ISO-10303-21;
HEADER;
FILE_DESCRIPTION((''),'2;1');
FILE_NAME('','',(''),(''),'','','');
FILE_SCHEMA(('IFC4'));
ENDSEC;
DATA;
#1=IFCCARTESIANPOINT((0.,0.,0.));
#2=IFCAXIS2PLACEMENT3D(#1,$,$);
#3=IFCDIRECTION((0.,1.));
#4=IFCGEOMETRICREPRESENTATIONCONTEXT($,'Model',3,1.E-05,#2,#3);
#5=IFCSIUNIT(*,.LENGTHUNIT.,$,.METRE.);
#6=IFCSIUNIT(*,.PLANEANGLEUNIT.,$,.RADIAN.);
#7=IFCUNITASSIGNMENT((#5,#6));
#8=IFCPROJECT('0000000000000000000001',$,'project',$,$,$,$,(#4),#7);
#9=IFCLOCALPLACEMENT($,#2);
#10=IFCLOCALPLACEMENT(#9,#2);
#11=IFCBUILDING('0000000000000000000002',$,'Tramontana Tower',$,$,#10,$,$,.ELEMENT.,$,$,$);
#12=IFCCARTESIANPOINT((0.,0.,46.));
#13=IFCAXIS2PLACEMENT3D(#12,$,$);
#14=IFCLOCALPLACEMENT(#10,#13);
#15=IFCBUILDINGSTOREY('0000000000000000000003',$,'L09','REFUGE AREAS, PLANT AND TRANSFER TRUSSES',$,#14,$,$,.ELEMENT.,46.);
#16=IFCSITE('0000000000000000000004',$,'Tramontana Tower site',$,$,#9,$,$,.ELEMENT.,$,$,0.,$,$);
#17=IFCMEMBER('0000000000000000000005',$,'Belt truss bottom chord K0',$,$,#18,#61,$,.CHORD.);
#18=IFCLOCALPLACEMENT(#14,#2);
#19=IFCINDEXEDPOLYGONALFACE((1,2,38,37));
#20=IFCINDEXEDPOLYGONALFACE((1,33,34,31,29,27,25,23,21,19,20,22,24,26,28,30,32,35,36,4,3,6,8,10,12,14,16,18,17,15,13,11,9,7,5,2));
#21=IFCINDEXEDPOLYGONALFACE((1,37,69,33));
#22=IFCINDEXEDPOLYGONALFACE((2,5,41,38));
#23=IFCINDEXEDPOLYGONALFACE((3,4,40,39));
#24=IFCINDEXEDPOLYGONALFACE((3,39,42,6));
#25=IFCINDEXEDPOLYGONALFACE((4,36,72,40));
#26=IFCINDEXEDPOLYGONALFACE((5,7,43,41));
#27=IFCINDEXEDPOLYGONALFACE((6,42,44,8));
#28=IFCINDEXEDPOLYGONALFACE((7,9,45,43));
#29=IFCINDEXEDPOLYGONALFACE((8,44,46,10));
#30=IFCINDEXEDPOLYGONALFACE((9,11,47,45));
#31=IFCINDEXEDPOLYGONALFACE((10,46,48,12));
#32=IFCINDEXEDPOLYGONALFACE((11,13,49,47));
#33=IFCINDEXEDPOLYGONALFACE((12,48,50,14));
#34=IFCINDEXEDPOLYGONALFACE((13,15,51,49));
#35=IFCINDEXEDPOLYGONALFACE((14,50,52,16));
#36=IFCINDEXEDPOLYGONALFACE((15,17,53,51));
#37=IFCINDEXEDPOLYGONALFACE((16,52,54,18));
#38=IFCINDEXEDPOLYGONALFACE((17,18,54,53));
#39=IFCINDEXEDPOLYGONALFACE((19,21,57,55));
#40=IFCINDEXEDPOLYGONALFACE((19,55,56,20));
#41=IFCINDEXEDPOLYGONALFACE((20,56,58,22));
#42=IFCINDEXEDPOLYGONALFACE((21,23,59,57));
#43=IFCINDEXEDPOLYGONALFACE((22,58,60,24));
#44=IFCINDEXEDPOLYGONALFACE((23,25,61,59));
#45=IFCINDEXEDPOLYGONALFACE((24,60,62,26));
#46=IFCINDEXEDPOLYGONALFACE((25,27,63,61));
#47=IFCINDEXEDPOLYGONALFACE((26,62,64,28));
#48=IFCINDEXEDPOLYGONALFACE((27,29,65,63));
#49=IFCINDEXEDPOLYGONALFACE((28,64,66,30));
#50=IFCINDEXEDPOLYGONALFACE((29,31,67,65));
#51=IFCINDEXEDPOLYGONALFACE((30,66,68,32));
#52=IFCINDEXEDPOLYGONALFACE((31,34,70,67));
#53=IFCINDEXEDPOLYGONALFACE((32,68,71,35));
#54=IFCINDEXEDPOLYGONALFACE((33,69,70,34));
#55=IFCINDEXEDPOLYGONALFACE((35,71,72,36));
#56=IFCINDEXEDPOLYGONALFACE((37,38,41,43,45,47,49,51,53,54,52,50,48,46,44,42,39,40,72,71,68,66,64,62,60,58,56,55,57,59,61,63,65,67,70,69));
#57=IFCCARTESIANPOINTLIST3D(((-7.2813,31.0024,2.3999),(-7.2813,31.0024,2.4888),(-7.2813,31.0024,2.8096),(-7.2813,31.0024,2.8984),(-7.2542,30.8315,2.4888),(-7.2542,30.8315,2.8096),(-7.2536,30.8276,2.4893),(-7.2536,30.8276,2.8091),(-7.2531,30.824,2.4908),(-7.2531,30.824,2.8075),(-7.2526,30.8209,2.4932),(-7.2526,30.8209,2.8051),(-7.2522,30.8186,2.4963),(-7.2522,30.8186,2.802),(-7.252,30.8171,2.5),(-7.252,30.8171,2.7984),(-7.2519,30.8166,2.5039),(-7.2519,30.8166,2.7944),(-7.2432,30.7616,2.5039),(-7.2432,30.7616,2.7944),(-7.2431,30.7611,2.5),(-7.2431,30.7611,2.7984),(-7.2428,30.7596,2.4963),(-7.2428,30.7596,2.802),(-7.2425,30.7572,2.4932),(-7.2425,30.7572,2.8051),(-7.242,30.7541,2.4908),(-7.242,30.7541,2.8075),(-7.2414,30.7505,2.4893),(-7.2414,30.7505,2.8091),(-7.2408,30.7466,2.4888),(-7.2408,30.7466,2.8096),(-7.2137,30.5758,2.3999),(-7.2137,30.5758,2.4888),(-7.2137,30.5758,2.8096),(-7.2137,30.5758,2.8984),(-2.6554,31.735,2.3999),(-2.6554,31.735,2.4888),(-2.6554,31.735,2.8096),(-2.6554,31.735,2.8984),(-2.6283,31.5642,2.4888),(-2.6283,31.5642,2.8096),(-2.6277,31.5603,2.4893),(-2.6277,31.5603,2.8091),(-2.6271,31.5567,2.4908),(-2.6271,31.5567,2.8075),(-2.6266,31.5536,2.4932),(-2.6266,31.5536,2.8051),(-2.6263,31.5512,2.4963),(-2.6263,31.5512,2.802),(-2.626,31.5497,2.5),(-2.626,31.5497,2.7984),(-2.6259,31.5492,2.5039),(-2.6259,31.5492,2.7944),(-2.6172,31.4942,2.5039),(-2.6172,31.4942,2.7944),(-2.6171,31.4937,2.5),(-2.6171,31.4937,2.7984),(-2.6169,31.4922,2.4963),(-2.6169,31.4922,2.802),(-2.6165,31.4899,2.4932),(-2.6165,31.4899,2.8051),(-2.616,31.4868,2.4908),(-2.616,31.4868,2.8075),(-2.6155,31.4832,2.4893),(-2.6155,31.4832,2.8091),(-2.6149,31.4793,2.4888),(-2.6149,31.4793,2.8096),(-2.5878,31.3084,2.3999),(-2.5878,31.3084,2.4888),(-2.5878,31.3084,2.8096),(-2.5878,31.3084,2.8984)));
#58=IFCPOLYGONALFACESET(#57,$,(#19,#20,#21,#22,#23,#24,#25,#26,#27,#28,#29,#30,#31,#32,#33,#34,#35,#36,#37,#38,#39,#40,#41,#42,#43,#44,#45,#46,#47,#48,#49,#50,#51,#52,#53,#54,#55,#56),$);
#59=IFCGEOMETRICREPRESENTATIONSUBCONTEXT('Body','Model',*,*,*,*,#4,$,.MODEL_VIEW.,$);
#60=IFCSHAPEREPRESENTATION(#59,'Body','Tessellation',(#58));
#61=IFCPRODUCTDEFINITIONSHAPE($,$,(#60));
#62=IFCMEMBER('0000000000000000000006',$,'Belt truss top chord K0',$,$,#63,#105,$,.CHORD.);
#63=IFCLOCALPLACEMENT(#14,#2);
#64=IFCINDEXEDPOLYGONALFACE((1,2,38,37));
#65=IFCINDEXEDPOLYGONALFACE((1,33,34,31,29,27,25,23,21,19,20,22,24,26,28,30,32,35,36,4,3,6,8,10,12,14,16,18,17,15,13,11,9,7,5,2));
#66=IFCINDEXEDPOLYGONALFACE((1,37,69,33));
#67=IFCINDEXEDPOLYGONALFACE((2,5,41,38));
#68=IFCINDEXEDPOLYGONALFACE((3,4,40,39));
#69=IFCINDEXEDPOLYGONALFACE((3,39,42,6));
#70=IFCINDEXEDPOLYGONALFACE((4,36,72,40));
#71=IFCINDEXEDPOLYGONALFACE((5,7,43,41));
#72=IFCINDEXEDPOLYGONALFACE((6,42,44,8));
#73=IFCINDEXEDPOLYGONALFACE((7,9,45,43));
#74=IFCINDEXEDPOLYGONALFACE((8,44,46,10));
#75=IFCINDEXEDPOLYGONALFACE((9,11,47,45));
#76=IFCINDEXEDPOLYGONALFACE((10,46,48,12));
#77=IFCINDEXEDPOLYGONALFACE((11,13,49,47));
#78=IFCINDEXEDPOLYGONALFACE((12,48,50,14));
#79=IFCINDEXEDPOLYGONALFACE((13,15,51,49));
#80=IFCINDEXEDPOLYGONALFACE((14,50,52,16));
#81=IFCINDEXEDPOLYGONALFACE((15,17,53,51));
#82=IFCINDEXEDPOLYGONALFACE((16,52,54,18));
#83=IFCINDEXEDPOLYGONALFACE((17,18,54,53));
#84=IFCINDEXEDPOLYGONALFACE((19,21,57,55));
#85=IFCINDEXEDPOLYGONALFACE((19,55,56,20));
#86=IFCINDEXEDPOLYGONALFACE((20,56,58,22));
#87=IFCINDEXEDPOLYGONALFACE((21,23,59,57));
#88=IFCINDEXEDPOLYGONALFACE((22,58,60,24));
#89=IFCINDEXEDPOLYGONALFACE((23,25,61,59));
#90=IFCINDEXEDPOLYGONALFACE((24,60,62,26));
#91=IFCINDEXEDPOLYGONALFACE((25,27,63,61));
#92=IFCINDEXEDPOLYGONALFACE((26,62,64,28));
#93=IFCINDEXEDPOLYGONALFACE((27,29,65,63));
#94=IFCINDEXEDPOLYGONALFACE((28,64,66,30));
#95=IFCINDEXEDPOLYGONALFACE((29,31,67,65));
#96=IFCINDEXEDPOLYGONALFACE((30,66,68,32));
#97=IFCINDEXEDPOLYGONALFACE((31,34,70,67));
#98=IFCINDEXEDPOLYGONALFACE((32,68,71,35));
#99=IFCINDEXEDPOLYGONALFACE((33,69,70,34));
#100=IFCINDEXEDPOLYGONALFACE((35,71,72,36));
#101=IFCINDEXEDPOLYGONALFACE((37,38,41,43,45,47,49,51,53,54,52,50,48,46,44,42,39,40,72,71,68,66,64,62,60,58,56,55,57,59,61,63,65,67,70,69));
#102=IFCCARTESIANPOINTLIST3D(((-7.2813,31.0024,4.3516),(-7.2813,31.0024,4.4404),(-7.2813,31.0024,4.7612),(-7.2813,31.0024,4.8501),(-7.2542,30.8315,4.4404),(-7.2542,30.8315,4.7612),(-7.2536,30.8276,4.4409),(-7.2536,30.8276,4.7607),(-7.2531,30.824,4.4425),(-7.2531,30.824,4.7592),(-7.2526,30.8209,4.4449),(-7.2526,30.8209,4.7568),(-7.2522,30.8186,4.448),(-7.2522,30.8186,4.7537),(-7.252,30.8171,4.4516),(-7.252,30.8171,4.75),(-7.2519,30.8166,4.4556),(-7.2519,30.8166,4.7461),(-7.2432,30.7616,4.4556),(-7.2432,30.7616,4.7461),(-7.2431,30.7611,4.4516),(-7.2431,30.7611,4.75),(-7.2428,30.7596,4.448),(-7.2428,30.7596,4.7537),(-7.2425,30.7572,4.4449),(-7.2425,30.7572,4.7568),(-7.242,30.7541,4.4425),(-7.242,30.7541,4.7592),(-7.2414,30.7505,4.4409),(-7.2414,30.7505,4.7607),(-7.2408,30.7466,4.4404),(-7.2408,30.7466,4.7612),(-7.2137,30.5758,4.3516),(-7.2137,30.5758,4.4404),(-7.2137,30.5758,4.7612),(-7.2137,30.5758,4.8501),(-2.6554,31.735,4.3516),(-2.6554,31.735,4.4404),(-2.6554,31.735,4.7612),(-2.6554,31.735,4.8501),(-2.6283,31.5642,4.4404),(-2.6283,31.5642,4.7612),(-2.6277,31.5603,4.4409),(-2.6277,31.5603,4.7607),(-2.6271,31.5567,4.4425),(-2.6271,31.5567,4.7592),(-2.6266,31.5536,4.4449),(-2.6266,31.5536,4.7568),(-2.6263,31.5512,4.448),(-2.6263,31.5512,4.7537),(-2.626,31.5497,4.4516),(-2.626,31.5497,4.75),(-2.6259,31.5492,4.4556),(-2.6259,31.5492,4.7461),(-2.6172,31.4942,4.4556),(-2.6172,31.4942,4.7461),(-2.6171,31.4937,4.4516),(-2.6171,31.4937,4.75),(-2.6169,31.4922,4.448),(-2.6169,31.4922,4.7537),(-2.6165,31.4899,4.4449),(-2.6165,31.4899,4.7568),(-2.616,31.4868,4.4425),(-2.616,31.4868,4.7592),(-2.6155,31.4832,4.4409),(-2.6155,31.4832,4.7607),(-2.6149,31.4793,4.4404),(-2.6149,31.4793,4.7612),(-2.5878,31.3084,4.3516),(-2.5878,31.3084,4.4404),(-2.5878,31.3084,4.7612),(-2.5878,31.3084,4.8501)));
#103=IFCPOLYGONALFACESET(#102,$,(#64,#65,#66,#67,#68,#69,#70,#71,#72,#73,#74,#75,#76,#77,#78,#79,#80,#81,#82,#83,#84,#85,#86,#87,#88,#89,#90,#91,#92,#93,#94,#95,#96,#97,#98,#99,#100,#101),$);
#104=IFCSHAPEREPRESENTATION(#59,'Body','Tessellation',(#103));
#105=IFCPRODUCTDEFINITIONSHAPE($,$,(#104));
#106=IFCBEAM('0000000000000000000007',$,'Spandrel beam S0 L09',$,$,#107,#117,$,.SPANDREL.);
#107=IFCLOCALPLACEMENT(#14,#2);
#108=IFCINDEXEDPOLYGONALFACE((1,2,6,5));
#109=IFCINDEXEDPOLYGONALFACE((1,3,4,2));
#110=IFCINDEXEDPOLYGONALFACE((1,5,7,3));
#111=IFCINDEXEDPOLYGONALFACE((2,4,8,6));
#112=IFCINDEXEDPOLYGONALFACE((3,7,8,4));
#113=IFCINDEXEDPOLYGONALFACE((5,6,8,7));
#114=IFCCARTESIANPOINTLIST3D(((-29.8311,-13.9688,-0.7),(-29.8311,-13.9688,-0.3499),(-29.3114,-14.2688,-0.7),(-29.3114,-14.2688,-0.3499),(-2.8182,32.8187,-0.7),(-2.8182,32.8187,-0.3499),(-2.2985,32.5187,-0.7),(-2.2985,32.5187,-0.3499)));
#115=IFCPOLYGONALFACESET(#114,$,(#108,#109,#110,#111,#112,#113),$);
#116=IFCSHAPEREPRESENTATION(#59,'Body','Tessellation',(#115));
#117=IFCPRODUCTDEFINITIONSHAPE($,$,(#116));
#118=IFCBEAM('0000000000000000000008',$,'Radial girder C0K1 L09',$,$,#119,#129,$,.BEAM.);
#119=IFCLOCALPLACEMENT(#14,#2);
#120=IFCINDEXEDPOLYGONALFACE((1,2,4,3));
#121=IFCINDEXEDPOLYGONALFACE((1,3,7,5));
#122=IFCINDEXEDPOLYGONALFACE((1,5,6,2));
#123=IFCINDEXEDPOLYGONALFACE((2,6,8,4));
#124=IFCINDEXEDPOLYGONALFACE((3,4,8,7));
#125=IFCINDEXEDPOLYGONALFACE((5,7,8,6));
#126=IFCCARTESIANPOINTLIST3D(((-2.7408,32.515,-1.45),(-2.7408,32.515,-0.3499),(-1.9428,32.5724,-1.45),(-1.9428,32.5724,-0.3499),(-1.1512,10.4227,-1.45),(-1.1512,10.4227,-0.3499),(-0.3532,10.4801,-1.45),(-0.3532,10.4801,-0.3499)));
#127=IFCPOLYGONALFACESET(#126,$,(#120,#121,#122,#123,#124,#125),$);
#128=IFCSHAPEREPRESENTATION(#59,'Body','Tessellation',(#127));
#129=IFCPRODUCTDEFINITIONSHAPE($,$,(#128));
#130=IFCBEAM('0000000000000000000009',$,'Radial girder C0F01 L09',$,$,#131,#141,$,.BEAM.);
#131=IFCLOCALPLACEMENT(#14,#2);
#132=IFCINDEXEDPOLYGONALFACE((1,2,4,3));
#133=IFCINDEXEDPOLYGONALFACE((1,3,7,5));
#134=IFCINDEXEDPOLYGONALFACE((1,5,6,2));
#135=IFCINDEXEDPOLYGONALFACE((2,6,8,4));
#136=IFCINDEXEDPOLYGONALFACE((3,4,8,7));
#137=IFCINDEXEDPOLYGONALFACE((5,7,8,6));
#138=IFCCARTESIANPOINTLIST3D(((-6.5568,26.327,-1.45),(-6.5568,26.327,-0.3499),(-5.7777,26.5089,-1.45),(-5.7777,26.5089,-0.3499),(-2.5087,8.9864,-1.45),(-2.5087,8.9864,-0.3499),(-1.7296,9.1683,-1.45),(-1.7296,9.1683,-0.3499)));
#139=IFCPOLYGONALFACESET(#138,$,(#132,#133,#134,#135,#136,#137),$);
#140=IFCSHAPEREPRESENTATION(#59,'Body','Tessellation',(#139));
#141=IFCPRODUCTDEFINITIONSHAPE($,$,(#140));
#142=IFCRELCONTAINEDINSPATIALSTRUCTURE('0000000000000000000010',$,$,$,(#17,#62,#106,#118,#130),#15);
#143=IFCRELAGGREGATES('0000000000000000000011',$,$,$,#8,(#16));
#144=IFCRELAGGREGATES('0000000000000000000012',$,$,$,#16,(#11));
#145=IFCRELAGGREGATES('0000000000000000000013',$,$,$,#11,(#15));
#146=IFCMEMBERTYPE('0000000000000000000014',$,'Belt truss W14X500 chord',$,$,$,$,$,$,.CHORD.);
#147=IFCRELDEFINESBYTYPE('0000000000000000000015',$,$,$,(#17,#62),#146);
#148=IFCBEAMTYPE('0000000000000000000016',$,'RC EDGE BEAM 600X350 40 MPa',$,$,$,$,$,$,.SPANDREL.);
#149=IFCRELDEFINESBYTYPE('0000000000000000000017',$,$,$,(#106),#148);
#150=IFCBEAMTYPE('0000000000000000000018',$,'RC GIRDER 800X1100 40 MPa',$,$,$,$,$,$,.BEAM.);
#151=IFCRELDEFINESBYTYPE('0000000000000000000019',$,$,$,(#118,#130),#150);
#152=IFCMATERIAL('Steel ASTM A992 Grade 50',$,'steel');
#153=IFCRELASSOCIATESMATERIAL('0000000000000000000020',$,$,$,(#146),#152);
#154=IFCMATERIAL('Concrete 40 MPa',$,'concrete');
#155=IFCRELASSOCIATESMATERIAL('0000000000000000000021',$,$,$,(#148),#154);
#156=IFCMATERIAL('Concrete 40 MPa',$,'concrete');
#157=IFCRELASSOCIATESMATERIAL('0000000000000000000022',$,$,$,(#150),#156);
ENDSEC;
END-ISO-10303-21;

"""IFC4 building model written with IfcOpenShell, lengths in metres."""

from ifc_helpers import new_model, si_unit, direction, frame, origin, origin_2d, place, context, subcontext, project, spatial, rectangle, i_section, extrude, material, material_profile, profile_set, type_object, element, save


model = new_model("IFC4")

# Units and contexts
model_context = context("Model", 3, precision=1e-05, world=origin(), true_north=direction((0.0, 1.0)))
body_context = subcontext(model_context, "Body", "Model", "MODEL_VIEW")
ifc_project = project(units=[si_unit("LENGTHUNIT", "METRE"), si_unit("PLANEANGLEUNIT", "RADIAN")], contexts=[model_context])

# Site, building, storey
site_placement = place(None, origin())
site = spatial("IfcSite", under=ifc_project, at=site_placement, Name="Tramontana Tower site", CompositionType="ELEMENT", RefElevation=0.0)
building_placement = place(site_placement, origin())
building = spatial("IfcBuilding", under=site, at=building_placement, Name="Tramontana Tower", CompositionType="ELEMENT")
storey_placement = place(building_placement, frame((0.0, 0.0, 46.0)))
storey = spatial("IfcBuildingStorey", under=building, at=storey_placement, Name="L09", Description="REFUGE AREAS, PLANT AND TRANSFER TRUSSES", CompositionType="ELEMENT", Elevation=46.0)

# Members
ifc_material_1 = material(Name="Steel ASTM A992 Grade 50", Category="steel")
ifc_material_profile_1 = material_profile(ifc_material_1, i_section(OverallWidth=0.4319, OverallDepth=0.4985, WebThickness=0.0557, FlangeThickness=0.0889, FilletRadius=0.0151, at=origin_2d()), Name="W14X500")
ifc_profile_set_1 = profile_set([ifc_material_profile_1], Name="Steel ASTM A992 Grade 50")
member_type_1 = type_object("IfcMemberType", Name="Belt truss W14X500 chord", PredefinedType="CHORD", material=ifc_profile_set_1)
for number, where, z_axis, x_axis, name in (
    (1, (-2.6216, 31.5217, 2.6492), (-0.987689, -0.156431, 0.0), (0.156431, -0.987689, 0.0), "Belt truss bottom chord K0"),
    (2, (-2.6216, 31.5217, 4.6008), (-0.987689, -0.156431, 0.0), (0.156431, -0.987689, 0.0), "Belt truss top chord K0"),
):
    element("IfcMember", number, at=place(storey_placement, frame(where, z_axis=z_axis, x_axis=x_axis)), inside=storey, type_object=member_type_1, Name=name, PredefinedType="CHORD", context=body_context, shape_type="SweptSolid", body=[
        extrude(i_section(OverallWidth=0.4319, OverallDepth=0.4985, WebThickness=0.0557, FlangeThickness=0.0889, FilletRadius=0.0151, at=origin_2d()), origin(), (0.0, 0.0, 1.0), 4.6836),
    ])

# Beams
ifc_material_2 = material(Name="Concrete 40 MPa", Category="concrete")
ifc_material_profile_2 = material_profile(ifc_material_2, rectangle(XDim=0.6001, YDim=0.3501, at=origin_2d()), Name="RC EDGE BEAM 600X350 40 MPa")
ifc_profile_set_2 = profile_set([ifc_material_profile_2], Name="Concrete 40 MPa")
beam_type_1 = type_object("IfcBeamType", Name="RC EDGE BEAM 600X350 40 MPa", PredefinedType="SPANDREL", material=ifc_profile_set_2)
beam_1_placement = place(storey_placement, frame((-2.5583, 32.6687, -0.5249), z_axis=(-0.500001, -0.866025, 0.0), x_axis=(0.866025, -0.500001, 0.0)))
element("IfcBeam", 3, at=beam_1_placement, inside=storey, type_object=beam_type_1, Name="Spandrel beam S0 L09", PredefinedType="SPANDREL", context=body_context, shape_type="SweptSolid", body=[
    extrude(rectangle(XDim=0.6001, YDim=0.3501, at=origin_2d()), origin(), (0.0, 0.0, 1.0), 54.0256),
])
ifc_material_3 = material(Name="Concrete 40 MPa", Category="concrete")
ifc_material_profile_3 = material_profile(ifc_material_3, rectangle(XDim=0.8, YDim=1.1001, at=origin_2d()), Name="RC GIRDER 800X1100 40 MPa")
ifc_profile_set_3 = profile_set([ifc_material_profile_3], Name="Concrete 40 MPa")
beam_type_2 = type_object("IfcBeamType", Name="RC GIRDER 800X1100 40 MPa", PredefinedType="BEAM", material=ifc_profile_set_3)
beam_2_placement = place(storey_placement, frame((-2.3418, 32.5437, -0.8999), z_axis=(0.071767, -0.997421, 0.0), x_axis=(0.997421, 0.071767, 0.0)))
element("IfcBeam", 4, at=beam_2_placement, inside=storey, type_object=beam_type_2, Name="Radial girder C0K1 L09", PredefinedType="BEAM", context=body_context, shape_type="SweptSolid", body=[
    extrude(rectangle(XDim=0.8, YDim=1.1001, at=origin_2d()), origin(), (0.0, 0.0, 1.0), 22.1494),
])
beam_3_placement = place(storey_placement, frame((-6.1672, 26.418, -0.8999), z_axis=(0.227334, -0.973817, 0.0), x_axis=(0.973817, 0.227334, 0.0)))
element("IfcBeam", 5, at=beam_3_placement, inside=storey, type_object=beam_type_2, Name="Radial girder C0F01 L09", PredefinedType="BEAM", context=body_context, shape_type="SweptSolid", body=[
    extrude(rectangle(XDim=0.8, YDim=1.1001, at=origin_2d()), origin(), (0.0, 0.0, 1.0), 17.8069),
])

save(model, "model.ifc")
